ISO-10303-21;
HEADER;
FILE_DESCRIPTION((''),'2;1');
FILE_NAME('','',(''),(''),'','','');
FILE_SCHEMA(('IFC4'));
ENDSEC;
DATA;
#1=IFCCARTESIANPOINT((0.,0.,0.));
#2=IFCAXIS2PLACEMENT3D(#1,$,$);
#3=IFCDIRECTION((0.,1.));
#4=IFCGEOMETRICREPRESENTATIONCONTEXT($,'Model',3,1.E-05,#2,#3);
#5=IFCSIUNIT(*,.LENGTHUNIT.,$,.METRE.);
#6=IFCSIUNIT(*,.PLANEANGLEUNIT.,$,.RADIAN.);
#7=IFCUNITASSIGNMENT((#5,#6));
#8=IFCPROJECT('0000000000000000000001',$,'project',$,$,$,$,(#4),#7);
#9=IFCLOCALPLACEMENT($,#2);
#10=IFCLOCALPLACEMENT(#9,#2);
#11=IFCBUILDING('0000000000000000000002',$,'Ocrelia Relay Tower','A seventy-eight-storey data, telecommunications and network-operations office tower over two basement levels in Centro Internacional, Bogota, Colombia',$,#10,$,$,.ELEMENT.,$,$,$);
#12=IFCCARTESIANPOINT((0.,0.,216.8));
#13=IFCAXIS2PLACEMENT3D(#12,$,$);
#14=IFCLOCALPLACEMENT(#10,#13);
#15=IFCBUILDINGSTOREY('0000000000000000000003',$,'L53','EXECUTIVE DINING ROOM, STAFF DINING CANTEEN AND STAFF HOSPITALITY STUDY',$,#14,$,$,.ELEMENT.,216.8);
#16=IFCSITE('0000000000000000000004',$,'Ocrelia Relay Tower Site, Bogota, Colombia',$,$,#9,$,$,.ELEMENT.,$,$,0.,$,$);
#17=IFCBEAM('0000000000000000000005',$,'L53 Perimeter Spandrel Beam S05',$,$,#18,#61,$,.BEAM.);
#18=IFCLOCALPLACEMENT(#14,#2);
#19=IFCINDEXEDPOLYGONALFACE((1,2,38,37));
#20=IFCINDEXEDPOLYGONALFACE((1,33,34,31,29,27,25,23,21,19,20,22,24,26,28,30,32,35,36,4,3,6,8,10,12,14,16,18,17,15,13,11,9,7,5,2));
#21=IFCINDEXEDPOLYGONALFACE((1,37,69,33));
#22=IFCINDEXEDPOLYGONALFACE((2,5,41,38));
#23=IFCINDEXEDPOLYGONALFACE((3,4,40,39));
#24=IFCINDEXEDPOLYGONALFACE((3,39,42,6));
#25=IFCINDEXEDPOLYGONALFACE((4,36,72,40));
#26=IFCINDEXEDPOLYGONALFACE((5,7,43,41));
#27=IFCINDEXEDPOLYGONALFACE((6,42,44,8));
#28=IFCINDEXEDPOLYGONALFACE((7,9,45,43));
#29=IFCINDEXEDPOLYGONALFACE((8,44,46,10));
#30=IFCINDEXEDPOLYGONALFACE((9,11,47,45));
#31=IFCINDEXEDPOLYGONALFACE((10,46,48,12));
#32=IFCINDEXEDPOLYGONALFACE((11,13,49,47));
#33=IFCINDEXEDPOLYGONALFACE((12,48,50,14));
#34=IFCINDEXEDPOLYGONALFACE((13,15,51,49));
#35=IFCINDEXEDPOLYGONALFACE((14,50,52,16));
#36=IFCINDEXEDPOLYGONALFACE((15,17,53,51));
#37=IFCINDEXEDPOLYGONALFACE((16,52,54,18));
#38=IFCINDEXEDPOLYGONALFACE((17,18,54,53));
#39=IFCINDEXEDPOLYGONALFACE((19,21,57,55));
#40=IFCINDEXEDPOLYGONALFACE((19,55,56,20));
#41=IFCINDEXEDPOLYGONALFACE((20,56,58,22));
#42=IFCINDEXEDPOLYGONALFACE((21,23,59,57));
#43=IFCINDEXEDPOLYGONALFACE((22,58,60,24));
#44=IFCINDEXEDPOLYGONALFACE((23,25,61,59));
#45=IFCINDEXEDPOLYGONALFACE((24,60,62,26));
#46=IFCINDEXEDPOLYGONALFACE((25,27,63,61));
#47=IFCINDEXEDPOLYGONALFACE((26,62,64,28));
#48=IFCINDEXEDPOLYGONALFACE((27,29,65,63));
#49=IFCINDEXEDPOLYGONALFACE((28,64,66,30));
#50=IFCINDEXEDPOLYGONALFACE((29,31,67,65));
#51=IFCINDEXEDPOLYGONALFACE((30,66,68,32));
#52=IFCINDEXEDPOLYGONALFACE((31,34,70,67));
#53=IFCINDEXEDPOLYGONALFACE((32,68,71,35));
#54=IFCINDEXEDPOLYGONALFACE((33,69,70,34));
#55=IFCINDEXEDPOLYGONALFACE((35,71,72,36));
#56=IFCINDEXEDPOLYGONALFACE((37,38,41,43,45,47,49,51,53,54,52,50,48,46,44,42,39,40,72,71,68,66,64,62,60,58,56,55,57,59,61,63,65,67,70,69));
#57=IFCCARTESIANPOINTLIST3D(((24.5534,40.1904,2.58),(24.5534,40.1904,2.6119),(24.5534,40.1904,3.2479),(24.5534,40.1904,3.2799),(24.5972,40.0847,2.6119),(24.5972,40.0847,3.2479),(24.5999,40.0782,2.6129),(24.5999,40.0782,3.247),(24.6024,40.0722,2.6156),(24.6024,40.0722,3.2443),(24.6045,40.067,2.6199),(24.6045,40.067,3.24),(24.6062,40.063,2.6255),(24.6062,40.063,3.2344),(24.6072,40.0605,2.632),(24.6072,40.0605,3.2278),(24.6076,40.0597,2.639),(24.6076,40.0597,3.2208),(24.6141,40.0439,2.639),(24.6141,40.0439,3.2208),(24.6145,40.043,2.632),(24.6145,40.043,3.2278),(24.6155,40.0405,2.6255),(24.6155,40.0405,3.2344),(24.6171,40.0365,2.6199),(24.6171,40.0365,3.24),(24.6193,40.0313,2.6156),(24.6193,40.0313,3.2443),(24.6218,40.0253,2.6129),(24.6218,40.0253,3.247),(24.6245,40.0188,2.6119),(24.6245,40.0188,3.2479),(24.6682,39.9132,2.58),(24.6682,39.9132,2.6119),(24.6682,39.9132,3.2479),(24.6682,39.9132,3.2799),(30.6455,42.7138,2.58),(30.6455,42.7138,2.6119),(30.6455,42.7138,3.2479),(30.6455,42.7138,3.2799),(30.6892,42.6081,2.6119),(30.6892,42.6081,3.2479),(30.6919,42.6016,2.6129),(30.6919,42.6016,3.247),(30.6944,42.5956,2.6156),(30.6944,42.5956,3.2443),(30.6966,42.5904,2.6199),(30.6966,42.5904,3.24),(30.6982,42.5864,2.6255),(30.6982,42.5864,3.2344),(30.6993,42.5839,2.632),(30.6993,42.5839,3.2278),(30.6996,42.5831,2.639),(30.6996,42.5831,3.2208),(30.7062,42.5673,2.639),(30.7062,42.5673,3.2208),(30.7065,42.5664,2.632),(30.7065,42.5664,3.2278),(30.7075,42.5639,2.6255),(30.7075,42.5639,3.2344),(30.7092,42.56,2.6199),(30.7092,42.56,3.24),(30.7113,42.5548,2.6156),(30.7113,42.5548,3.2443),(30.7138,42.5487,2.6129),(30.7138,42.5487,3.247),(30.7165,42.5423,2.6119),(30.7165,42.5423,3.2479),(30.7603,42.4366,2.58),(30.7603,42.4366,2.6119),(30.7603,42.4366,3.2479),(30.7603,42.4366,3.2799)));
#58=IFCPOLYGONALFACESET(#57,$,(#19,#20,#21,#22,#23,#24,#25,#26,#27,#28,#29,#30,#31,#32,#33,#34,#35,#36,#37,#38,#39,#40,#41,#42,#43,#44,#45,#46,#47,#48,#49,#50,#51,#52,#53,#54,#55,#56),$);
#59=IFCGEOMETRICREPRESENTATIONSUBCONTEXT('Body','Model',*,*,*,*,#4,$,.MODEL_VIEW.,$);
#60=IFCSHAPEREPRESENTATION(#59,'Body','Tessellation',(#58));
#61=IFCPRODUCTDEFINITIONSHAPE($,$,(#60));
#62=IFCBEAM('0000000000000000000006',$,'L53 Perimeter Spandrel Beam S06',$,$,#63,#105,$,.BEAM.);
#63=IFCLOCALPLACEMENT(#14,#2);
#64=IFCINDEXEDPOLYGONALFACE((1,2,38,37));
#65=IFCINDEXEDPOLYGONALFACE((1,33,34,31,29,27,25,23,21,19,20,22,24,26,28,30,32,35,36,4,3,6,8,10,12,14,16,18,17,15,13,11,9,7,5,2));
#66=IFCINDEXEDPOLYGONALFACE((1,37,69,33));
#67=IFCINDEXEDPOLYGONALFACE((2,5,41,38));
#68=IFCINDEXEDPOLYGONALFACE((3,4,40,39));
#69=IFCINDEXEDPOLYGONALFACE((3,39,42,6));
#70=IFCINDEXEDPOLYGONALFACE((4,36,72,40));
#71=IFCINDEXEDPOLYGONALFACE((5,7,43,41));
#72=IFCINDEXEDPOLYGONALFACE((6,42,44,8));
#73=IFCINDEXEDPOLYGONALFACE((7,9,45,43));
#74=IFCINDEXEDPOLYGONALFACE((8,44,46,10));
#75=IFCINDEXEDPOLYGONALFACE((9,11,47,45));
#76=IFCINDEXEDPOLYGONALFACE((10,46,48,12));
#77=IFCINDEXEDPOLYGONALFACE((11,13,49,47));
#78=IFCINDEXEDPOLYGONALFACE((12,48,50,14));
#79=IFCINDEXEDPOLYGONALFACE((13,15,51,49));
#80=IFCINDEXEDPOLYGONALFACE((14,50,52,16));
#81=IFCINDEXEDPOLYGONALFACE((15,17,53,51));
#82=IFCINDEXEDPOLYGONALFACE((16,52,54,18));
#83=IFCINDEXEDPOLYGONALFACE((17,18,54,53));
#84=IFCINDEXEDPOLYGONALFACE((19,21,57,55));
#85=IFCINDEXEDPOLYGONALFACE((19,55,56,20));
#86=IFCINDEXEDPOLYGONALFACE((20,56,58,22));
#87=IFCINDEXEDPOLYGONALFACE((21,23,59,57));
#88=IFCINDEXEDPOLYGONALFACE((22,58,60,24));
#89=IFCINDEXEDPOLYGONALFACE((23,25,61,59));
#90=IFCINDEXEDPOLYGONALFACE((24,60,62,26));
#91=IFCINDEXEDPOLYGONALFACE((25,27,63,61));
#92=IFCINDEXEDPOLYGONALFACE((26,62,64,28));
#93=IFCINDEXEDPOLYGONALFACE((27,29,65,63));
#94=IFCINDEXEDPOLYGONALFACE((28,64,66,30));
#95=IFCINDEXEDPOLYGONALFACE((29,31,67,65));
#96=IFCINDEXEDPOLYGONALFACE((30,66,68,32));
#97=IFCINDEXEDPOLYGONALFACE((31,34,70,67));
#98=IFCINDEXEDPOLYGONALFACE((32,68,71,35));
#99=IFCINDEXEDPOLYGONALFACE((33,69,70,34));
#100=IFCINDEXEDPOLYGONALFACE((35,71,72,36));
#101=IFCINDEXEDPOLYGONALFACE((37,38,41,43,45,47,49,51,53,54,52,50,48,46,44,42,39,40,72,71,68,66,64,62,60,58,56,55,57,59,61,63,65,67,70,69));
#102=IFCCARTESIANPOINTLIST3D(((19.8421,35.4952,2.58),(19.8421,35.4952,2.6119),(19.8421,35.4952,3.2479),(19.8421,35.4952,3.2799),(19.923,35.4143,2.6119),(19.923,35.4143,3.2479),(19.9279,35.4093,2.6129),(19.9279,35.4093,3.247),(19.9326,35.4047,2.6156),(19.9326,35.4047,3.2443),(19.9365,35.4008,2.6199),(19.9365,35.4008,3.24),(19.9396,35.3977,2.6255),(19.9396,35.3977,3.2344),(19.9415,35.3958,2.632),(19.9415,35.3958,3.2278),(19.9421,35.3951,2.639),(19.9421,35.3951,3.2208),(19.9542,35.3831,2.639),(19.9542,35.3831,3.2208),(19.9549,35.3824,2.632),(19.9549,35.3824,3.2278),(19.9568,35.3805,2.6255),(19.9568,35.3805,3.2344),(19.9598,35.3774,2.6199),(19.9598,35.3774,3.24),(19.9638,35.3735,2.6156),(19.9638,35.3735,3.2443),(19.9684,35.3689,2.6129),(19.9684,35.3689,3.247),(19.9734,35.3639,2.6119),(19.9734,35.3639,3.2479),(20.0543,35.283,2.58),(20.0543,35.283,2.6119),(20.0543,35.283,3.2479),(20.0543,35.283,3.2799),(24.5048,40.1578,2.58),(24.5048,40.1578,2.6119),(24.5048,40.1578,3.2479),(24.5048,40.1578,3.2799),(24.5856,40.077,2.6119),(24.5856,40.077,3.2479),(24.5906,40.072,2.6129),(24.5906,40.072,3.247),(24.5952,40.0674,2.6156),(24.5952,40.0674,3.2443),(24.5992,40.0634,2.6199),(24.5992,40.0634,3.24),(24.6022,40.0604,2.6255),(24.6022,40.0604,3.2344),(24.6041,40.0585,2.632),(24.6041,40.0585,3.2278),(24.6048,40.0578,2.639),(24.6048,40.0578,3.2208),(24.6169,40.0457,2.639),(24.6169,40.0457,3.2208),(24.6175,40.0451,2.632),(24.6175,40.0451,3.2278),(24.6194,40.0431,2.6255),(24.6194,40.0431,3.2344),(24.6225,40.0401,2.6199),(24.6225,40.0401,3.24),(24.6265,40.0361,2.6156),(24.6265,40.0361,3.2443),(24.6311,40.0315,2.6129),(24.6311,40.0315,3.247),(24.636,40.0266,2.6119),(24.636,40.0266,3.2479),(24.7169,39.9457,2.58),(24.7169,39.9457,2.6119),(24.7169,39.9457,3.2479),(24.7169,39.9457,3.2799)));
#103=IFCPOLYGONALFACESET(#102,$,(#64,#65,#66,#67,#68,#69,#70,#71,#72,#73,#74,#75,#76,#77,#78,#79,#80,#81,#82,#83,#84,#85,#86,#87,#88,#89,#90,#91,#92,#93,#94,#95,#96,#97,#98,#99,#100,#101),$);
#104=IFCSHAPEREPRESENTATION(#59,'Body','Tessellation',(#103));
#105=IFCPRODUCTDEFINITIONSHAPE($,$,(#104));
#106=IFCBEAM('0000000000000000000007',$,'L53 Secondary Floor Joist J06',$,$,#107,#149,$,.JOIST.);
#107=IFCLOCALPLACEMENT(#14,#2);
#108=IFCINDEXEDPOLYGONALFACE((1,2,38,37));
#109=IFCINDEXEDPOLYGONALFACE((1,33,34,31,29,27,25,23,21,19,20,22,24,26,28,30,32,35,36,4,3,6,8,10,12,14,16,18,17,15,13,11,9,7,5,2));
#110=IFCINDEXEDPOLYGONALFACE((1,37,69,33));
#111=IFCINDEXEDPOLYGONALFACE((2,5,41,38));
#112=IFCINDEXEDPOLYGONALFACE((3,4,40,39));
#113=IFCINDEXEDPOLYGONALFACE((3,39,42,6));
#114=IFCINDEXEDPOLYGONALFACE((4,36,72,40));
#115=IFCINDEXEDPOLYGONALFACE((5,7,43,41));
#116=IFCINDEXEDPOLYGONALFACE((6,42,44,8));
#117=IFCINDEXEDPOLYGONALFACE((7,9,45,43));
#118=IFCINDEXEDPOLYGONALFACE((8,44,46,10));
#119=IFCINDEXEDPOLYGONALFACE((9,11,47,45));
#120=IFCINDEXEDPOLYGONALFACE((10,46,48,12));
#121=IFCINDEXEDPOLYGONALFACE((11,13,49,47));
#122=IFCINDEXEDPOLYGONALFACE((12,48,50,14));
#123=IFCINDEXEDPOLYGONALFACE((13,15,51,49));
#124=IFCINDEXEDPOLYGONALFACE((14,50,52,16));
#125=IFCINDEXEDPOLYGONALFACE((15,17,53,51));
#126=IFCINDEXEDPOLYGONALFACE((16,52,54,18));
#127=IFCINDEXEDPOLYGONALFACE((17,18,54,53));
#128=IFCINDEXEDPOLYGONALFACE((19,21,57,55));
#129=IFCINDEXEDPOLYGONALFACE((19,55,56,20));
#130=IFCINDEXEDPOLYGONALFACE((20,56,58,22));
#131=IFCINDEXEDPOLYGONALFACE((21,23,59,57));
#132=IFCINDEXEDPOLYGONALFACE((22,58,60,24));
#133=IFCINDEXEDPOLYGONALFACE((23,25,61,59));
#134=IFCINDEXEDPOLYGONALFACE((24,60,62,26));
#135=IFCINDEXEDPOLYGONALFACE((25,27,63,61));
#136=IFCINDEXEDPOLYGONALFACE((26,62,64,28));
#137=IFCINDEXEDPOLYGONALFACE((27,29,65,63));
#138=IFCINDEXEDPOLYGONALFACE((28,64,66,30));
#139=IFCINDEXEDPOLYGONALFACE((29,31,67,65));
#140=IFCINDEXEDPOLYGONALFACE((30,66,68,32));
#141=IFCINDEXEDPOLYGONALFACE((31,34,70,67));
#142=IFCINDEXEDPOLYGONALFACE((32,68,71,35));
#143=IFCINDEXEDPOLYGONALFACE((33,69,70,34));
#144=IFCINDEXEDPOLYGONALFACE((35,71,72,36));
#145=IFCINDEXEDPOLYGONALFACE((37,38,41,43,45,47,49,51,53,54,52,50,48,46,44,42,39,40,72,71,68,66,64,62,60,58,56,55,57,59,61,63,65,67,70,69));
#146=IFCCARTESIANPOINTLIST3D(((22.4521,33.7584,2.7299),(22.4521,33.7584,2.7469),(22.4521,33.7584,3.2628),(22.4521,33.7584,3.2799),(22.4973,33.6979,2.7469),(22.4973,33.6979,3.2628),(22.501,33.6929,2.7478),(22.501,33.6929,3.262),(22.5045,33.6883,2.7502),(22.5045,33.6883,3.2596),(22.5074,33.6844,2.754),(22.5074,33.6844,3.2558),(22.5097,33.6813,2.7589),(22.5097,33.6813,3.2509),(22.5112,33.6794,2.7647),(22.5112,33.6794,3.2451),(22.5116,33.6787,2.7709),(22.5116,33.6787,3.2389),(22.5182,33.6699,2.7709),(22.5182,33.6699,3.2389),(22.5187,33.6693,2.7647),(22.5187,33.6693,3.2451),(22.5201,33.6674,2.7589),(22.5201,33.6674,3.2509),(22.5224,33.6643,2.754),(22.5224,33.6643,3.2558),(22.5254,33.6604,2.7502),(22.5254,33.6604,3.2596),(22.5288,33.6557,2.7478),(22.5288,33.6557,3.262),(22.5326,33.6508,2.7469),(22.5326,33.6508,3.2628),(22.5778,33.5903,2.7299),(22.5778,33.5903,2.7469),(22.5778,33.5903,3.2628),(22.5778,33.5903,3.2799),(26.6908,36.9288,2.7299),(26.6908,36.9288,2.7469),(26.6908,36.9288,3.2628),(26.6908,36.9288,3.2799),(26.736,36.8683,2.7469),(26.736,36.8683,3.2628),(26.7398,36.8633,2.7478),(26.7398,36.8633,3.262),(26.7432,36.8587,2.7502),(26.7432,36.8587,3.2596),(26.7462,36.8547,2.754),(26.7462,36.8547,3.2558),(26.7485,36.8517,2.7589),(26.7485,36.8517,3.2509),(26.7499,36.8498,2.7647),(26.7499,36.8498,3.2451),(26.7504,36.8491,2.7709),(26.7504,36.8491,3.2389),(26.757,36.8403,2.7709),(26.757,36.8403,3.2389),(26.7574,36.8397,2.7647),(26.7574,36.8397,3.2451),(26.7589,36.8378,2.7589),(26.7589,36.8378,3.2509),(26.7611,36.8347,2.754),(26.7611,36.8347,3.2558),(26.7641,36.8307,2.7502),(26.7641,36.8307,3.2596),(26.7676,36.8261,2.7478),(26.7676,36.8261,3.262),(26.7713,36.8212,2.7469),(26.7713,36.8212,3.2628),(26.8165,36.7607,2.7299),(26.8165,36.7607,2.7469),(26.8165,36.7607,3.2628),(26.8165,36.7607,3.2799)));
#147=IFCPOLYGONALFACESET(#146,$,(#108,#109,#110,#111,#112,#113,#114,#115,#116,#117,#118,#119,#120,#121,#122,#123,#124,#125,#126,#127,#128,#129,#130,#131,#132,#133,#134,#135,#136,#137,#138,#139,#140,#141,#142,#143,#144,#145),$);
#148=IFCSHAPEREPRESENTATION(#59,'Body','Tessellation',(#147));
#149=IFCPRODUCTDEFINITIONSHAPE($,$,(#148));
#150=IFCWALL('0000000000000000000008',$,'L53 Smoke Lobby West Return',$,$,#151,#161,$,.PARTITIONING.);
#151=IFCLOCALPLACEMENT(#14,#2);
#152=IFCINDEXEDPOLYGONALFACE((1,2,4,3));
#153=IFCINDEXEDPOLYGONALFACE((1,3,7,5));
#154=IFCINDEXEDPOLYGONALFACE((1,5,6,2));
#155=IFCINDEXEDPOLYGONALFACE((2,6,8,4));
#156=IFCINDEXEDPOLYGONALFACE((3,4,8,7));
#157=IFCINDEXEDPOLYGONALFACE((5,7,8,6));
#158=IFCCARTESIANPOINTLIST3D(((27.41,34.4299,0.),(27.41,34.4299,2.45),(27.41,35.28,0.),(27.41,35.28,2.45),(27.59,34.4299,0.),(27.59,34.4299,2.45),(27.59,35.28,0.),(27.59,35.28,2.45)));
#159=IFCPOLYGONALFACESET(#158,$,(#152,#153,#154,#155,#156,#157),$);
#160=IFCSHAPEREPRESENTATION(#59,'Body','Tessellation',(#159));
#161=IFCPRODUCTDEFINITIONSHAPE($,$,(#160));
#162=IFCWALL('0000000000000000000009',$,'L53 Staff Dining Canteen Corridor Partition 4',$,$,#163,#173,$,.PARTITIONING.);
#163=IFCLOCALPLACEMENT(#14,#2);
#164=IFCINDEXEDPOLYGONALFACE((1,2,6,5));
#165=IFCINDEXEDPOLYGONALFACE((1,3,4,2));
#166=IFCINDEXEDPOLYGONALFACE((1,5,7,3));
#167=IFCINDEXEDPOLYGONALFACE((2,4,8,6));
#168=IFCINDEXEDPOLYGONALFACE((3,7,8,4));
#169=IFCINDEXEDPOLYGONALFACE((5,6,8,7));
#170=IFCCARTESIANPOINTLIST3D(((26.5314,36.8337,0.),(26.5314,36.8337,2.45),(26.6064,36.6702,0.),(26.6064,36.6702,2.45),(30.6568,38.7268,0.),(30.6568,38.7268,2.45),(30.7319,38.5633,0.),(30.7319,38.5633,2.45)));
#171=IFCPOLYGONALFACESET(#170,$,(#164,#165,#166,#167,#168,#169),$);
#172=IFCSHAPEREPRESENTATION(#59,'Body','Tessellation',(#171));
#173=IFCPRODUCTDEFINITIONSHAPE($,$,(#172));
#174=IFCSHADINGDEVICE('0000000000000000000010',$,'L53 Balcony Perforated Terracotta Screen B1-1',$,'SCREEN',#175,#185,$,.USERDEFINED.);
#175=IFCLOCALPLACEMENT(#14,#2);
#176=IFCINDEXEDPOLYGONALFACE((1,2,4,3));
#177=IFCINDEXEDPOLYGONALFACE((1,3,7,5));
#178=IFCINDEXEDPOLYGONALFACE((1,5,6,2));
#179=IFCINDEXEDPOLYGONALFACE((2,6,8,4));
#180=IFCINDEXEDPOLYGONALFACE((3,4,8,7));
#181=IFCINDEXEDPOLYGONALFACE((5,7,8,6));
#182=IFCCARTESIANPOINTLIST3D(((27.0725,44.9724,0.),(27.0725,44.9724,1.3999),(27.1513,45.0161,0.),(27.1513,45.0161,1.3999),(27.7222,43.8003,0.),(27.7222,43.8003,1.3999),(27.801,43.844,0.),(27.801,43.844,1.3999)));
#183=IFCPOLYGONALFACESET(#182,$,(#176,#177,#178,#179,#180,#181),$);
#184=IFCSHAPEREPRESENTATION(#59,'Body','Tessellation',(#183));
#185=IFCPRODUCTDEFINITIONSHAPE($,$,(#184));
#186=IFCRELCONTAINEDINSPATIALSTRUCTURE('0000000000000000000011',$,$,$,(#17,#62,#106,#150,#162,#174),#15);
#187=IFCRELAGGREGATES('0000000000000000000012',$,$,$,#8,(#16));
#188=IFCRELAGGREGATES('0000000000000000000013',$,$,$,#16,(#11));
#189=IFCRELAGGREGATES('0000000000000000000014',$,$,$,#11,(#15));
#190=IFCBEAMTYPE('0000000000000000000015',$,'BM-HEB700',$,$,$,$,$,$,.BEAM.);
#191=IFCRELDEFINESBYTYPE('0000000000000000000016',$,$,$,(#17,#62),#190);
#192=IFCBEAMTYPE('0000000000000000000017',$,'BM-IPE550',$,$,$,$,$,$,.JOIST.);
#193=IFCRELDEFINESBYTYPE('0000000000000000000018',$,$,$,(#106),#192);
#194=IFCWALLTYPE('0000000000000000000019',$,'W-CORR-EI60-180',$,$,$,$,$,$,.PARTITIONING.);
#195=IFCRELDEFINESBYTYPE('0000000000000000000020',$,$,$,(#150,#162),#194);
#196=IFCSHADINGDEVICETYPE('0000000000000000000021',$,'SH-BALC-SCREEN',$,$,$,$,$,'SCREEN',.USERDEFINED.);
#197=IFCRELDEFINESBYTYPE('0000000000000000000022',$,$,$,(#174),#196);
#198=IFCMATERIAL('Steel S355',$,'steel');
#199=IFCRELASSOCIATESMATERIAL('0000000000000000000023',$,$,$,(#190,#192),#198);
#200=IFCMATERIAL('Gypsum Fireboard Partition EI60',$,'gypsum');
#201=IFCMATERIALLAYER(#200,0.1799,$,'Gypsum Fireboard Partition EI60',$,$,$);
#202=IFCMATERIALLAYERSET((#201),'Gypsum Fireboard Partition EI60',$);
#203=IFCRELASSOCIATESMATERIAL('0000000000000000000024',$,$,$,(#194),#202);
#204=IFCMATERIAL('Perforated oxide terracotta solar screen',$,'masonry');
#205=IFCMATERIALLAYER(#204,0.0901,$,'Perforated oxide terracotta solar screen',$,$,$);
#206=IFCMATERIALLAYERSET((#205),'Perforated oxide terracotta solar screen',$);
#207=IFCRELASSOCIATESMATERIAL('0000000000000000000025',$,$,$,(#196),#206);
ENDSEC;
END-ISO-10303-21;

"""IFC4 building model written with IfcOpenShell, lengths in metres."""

from ifc_helpers import new_model, si_unit, direction, frame, frame_2d, origin, origin_2d, place, context, subcontext, project, spatial, rectangle, i_section, extrude, material, layer, layer_set, material_profile, profile_set, type_object, element, save


model = new_model("IFC4")

# Units and contexts
model_context = context("Model", 3, precision=1e-05, world=origin(), true_north=direction((0.0, 1.0)))
body_context = subcontext(model_context, "Body", "Model", "MODEL_VIEW")
ifc_project = project(units=[si_unit("LENGTHUNIT", "METRE"), si_unit("PLANEANGLEUNIT", "RADIAN")], contexts=[model_context])

# Site, building, storey
site_placement = place(None, origin())
site = spatial("IfcSite", under=ifc_project, at=site_placement, Name="Ocrelia Relay Tower Site, Bogota, Colombia", CompositionType="ELEMENT", RefElevation=0.0)
building_placement = place(site_placement, origin())
building = spatial("IfcBuilding", under=site, at=building_placement, Name="Ocrelia Relay Tower", Description="A seventy-eight-storey data, telecommunications and network-operations office tower over two basement levels in Centro Internacional, Bogota, Colombia", CompositionType="ELEMENT")
storey_placement = place(building_placement, frame((0.0, 0.0, 216.8)))
storey = spatial("IfcBuildingStorey", under=building, at=storey_placement, Name="L53", Description="EXECUTIVE DINING ROOM, STAFF DINING CANTEEN AND STAFF HOSPITALITY STUDY", CompositionType="ELEMENT", Elevation=216.8)

# Beams
ifc_material_1 = material(Name="Steel S355", Category="steel")
ifc_material_profile_1 = material_profile(ifc_material_1, i_section(OverallWidth=0.3, OverallDepth=0.7, WebThickness=0.0171, FlangeThickness=0.032, FilletRadius=0.0271, at=origin_2d()), Name="HEB 700")
ifc_profile_set_1 = profile_set([ifc_material_profile_1], Name="Steel S355")
beam_type_1 = type_object("IfcBeamType", Name="BM-HEB700", PredefinedType="BEAM", material=ifc_profile_set_1)
for number, where, z_axis, x_axis, name in (
    (1, (30.7029, 42.5752, 2.9299), (-0.923878, -0.382688, 0.0), (0.382688, -0.923878, 0.0), "L53 Perimeter Spandrel Beam S05"),
    (2, (24.6108, 40.0518, 2.9299), (-0.707107, -0.707107, 0.0), (0.707107, -0.707107, 0.0), "L53 Perimeter Spandrel Beam S06"),
):
    element("IfcBeam", number, at=place(storey_placement, frame(where, z_axis=z_axis, x_axis=x_axis)), inside=storey, type_object=beam_type_1, Name=name, PredefinedType="BEAM", context=body_context, shape_type="SweptSolid", body=[
        extrude(i_section(OverallWidth=0.3, OverallDepth=0.7, WebThickness=0.0171, FlangeThickness=0.032, FilletRadius=0.0271, at=origin_2d()), origin(), (0.0, 0.0, 1.0), 6.594),
    ])
ifc_material_profile_2 = material_profile(ifc_material_1, i_section(OverallWidth=0.21, OverallDepth=0.55, WebThickness=0.011, FlangeThickness=0.0171, FilletRadius=0.0239, at=origin_2d()), Name="IPE 550")
ifc_profile_set_2 = profile_set([ifc_material_profile_2], Name="Steel S355")
beam_type_2 = type_object("IfcBeamType", Name="BM-IPE550", PredefinedType="JOIST", material=ifc_profile_set_2)
beam_1_placement = place(storey_placement, frame((26.7537, 36.8447, 3.0049), z_axis=(-0.800785, -0.598952, 0.0), x_axis=(0.598952, -0.800785, 0.0)))
element("IfcBeam", 3, at=beam_1_placement, inside=storey, type_object=beam_type_2, Name="L53 Secondary Floor Joist J06", PredefinedType="JOIST", context=body_context, shape_type="SweptSolid", body=[
    extrude(i_section(OverallWidth=0.21, OverallDepth=0.55, WebThickness=0.011, FlangeThickness=0.0171, FilletRadius=0.0239, at=origin_2d()), origin(), (0.0, 0.0, 1.0), 5.2932),
])

# Wall
ifc_material_2 = material(Name="Gypsum Fireboard Partition EI60", Category="gypsum")
ifc_layer_1 = layer(ifc_material_2, 0.1799, Name="Gypsum Fireboard Partition EI60")
ifc_layer_set_1 = layer_set([ifc_layer_1], Name="Gypsum Fireboard Partition EI60")
wall_type_1 = type_object("IfcWallType", Name="W-CORR-EI60-180", PredefinedType="PARTITIONING", material=ifc_layer_set_1)
wall_1_placement = place(storey_placement, frame((27.5, 34.4299, 0.0), z_axis=(0.0, 0.0, 1.0), x_axis=(0.0, 1.0, 0.0)))
element("IfcWall", 4, at=wall_1_placement, inside=storey, type_object=wall_type_1, Name="L53 Smoke Lobby West Return", PredefinedType="PARTITIONING", context=body_context, shape_type="SweptSolid", body=[
    extrude(rectangle(XDim=0.8501, YDim=0.1799, at=frame_2d((0.425, 0.0))), origin(), (0.0, 0.0, 1.0), 2.45),
])

# Wall
wall_2_placement = place(storey_placement, frame((30.6943, 38.645, 0.0), z_axis=(0.0, 0.0, 1.0), x_axis=(-0.90888, -0.417058, 0.0)))
element("IfcWall", 5, at=wall_2_placement, inside=storey, type_object=wall_type_1, Name="L53 Staff Dining Canteen Corridor Partition 4", PredefinedType="PARTITIONING", context=body_context, shape_type="SweptSolid", body=[
    extrude(rectangle(XDim=4.5391, YDim=0.1799, at=frame_2d((2.2695, 0.0))), origin(), (0.0, 0.0, 1.0), 2.45),
])

# Shading device
ifc_material_3 = material(Name="Perforated oxide terracotta solar screen", Category="masonry")
ifc_layer_2 = layer(ifc_material_3, 0.0901, Name="Perforated oxide terracotta solar screen")
ifc_layer_set_2 = layer_set([ifc_layer_2], Name="Perforated oxide terracotta solar screen")
shading_device_type_1 = type_object("IfcShadingDeviceType", Name="SH-BALC-SCREEN", ElementType="SCREEN", PredefinedType="USERDEFINED", material=ifc_layer_set_2)
shading_device_1_placement = place(storey_placement, frame((27.4368, 44.4082, 0.0), z_axis=(0.0, 0.0, 1.0), x_axis=(-0.484845, 0.8746, 0.0)))
element("IfcShadingDevice", 6, at=shading_device_1_placement, inside=storey, type_object=shading_device_type_1, Name="L53 Balcony Perforated Terracotta Screen B1-1", ObjectType="SCREEN", PredefinedType="USERDEFINED", context=body_context, shape_type="SweptSolid", body=[
    extrude(rectangle(XDim=1.3401, YDim=0.0901, at=origin_2d()), origin(), (0.0, 0.0, 1.0), 1.3999),
])

save(model, "model.ifc")
